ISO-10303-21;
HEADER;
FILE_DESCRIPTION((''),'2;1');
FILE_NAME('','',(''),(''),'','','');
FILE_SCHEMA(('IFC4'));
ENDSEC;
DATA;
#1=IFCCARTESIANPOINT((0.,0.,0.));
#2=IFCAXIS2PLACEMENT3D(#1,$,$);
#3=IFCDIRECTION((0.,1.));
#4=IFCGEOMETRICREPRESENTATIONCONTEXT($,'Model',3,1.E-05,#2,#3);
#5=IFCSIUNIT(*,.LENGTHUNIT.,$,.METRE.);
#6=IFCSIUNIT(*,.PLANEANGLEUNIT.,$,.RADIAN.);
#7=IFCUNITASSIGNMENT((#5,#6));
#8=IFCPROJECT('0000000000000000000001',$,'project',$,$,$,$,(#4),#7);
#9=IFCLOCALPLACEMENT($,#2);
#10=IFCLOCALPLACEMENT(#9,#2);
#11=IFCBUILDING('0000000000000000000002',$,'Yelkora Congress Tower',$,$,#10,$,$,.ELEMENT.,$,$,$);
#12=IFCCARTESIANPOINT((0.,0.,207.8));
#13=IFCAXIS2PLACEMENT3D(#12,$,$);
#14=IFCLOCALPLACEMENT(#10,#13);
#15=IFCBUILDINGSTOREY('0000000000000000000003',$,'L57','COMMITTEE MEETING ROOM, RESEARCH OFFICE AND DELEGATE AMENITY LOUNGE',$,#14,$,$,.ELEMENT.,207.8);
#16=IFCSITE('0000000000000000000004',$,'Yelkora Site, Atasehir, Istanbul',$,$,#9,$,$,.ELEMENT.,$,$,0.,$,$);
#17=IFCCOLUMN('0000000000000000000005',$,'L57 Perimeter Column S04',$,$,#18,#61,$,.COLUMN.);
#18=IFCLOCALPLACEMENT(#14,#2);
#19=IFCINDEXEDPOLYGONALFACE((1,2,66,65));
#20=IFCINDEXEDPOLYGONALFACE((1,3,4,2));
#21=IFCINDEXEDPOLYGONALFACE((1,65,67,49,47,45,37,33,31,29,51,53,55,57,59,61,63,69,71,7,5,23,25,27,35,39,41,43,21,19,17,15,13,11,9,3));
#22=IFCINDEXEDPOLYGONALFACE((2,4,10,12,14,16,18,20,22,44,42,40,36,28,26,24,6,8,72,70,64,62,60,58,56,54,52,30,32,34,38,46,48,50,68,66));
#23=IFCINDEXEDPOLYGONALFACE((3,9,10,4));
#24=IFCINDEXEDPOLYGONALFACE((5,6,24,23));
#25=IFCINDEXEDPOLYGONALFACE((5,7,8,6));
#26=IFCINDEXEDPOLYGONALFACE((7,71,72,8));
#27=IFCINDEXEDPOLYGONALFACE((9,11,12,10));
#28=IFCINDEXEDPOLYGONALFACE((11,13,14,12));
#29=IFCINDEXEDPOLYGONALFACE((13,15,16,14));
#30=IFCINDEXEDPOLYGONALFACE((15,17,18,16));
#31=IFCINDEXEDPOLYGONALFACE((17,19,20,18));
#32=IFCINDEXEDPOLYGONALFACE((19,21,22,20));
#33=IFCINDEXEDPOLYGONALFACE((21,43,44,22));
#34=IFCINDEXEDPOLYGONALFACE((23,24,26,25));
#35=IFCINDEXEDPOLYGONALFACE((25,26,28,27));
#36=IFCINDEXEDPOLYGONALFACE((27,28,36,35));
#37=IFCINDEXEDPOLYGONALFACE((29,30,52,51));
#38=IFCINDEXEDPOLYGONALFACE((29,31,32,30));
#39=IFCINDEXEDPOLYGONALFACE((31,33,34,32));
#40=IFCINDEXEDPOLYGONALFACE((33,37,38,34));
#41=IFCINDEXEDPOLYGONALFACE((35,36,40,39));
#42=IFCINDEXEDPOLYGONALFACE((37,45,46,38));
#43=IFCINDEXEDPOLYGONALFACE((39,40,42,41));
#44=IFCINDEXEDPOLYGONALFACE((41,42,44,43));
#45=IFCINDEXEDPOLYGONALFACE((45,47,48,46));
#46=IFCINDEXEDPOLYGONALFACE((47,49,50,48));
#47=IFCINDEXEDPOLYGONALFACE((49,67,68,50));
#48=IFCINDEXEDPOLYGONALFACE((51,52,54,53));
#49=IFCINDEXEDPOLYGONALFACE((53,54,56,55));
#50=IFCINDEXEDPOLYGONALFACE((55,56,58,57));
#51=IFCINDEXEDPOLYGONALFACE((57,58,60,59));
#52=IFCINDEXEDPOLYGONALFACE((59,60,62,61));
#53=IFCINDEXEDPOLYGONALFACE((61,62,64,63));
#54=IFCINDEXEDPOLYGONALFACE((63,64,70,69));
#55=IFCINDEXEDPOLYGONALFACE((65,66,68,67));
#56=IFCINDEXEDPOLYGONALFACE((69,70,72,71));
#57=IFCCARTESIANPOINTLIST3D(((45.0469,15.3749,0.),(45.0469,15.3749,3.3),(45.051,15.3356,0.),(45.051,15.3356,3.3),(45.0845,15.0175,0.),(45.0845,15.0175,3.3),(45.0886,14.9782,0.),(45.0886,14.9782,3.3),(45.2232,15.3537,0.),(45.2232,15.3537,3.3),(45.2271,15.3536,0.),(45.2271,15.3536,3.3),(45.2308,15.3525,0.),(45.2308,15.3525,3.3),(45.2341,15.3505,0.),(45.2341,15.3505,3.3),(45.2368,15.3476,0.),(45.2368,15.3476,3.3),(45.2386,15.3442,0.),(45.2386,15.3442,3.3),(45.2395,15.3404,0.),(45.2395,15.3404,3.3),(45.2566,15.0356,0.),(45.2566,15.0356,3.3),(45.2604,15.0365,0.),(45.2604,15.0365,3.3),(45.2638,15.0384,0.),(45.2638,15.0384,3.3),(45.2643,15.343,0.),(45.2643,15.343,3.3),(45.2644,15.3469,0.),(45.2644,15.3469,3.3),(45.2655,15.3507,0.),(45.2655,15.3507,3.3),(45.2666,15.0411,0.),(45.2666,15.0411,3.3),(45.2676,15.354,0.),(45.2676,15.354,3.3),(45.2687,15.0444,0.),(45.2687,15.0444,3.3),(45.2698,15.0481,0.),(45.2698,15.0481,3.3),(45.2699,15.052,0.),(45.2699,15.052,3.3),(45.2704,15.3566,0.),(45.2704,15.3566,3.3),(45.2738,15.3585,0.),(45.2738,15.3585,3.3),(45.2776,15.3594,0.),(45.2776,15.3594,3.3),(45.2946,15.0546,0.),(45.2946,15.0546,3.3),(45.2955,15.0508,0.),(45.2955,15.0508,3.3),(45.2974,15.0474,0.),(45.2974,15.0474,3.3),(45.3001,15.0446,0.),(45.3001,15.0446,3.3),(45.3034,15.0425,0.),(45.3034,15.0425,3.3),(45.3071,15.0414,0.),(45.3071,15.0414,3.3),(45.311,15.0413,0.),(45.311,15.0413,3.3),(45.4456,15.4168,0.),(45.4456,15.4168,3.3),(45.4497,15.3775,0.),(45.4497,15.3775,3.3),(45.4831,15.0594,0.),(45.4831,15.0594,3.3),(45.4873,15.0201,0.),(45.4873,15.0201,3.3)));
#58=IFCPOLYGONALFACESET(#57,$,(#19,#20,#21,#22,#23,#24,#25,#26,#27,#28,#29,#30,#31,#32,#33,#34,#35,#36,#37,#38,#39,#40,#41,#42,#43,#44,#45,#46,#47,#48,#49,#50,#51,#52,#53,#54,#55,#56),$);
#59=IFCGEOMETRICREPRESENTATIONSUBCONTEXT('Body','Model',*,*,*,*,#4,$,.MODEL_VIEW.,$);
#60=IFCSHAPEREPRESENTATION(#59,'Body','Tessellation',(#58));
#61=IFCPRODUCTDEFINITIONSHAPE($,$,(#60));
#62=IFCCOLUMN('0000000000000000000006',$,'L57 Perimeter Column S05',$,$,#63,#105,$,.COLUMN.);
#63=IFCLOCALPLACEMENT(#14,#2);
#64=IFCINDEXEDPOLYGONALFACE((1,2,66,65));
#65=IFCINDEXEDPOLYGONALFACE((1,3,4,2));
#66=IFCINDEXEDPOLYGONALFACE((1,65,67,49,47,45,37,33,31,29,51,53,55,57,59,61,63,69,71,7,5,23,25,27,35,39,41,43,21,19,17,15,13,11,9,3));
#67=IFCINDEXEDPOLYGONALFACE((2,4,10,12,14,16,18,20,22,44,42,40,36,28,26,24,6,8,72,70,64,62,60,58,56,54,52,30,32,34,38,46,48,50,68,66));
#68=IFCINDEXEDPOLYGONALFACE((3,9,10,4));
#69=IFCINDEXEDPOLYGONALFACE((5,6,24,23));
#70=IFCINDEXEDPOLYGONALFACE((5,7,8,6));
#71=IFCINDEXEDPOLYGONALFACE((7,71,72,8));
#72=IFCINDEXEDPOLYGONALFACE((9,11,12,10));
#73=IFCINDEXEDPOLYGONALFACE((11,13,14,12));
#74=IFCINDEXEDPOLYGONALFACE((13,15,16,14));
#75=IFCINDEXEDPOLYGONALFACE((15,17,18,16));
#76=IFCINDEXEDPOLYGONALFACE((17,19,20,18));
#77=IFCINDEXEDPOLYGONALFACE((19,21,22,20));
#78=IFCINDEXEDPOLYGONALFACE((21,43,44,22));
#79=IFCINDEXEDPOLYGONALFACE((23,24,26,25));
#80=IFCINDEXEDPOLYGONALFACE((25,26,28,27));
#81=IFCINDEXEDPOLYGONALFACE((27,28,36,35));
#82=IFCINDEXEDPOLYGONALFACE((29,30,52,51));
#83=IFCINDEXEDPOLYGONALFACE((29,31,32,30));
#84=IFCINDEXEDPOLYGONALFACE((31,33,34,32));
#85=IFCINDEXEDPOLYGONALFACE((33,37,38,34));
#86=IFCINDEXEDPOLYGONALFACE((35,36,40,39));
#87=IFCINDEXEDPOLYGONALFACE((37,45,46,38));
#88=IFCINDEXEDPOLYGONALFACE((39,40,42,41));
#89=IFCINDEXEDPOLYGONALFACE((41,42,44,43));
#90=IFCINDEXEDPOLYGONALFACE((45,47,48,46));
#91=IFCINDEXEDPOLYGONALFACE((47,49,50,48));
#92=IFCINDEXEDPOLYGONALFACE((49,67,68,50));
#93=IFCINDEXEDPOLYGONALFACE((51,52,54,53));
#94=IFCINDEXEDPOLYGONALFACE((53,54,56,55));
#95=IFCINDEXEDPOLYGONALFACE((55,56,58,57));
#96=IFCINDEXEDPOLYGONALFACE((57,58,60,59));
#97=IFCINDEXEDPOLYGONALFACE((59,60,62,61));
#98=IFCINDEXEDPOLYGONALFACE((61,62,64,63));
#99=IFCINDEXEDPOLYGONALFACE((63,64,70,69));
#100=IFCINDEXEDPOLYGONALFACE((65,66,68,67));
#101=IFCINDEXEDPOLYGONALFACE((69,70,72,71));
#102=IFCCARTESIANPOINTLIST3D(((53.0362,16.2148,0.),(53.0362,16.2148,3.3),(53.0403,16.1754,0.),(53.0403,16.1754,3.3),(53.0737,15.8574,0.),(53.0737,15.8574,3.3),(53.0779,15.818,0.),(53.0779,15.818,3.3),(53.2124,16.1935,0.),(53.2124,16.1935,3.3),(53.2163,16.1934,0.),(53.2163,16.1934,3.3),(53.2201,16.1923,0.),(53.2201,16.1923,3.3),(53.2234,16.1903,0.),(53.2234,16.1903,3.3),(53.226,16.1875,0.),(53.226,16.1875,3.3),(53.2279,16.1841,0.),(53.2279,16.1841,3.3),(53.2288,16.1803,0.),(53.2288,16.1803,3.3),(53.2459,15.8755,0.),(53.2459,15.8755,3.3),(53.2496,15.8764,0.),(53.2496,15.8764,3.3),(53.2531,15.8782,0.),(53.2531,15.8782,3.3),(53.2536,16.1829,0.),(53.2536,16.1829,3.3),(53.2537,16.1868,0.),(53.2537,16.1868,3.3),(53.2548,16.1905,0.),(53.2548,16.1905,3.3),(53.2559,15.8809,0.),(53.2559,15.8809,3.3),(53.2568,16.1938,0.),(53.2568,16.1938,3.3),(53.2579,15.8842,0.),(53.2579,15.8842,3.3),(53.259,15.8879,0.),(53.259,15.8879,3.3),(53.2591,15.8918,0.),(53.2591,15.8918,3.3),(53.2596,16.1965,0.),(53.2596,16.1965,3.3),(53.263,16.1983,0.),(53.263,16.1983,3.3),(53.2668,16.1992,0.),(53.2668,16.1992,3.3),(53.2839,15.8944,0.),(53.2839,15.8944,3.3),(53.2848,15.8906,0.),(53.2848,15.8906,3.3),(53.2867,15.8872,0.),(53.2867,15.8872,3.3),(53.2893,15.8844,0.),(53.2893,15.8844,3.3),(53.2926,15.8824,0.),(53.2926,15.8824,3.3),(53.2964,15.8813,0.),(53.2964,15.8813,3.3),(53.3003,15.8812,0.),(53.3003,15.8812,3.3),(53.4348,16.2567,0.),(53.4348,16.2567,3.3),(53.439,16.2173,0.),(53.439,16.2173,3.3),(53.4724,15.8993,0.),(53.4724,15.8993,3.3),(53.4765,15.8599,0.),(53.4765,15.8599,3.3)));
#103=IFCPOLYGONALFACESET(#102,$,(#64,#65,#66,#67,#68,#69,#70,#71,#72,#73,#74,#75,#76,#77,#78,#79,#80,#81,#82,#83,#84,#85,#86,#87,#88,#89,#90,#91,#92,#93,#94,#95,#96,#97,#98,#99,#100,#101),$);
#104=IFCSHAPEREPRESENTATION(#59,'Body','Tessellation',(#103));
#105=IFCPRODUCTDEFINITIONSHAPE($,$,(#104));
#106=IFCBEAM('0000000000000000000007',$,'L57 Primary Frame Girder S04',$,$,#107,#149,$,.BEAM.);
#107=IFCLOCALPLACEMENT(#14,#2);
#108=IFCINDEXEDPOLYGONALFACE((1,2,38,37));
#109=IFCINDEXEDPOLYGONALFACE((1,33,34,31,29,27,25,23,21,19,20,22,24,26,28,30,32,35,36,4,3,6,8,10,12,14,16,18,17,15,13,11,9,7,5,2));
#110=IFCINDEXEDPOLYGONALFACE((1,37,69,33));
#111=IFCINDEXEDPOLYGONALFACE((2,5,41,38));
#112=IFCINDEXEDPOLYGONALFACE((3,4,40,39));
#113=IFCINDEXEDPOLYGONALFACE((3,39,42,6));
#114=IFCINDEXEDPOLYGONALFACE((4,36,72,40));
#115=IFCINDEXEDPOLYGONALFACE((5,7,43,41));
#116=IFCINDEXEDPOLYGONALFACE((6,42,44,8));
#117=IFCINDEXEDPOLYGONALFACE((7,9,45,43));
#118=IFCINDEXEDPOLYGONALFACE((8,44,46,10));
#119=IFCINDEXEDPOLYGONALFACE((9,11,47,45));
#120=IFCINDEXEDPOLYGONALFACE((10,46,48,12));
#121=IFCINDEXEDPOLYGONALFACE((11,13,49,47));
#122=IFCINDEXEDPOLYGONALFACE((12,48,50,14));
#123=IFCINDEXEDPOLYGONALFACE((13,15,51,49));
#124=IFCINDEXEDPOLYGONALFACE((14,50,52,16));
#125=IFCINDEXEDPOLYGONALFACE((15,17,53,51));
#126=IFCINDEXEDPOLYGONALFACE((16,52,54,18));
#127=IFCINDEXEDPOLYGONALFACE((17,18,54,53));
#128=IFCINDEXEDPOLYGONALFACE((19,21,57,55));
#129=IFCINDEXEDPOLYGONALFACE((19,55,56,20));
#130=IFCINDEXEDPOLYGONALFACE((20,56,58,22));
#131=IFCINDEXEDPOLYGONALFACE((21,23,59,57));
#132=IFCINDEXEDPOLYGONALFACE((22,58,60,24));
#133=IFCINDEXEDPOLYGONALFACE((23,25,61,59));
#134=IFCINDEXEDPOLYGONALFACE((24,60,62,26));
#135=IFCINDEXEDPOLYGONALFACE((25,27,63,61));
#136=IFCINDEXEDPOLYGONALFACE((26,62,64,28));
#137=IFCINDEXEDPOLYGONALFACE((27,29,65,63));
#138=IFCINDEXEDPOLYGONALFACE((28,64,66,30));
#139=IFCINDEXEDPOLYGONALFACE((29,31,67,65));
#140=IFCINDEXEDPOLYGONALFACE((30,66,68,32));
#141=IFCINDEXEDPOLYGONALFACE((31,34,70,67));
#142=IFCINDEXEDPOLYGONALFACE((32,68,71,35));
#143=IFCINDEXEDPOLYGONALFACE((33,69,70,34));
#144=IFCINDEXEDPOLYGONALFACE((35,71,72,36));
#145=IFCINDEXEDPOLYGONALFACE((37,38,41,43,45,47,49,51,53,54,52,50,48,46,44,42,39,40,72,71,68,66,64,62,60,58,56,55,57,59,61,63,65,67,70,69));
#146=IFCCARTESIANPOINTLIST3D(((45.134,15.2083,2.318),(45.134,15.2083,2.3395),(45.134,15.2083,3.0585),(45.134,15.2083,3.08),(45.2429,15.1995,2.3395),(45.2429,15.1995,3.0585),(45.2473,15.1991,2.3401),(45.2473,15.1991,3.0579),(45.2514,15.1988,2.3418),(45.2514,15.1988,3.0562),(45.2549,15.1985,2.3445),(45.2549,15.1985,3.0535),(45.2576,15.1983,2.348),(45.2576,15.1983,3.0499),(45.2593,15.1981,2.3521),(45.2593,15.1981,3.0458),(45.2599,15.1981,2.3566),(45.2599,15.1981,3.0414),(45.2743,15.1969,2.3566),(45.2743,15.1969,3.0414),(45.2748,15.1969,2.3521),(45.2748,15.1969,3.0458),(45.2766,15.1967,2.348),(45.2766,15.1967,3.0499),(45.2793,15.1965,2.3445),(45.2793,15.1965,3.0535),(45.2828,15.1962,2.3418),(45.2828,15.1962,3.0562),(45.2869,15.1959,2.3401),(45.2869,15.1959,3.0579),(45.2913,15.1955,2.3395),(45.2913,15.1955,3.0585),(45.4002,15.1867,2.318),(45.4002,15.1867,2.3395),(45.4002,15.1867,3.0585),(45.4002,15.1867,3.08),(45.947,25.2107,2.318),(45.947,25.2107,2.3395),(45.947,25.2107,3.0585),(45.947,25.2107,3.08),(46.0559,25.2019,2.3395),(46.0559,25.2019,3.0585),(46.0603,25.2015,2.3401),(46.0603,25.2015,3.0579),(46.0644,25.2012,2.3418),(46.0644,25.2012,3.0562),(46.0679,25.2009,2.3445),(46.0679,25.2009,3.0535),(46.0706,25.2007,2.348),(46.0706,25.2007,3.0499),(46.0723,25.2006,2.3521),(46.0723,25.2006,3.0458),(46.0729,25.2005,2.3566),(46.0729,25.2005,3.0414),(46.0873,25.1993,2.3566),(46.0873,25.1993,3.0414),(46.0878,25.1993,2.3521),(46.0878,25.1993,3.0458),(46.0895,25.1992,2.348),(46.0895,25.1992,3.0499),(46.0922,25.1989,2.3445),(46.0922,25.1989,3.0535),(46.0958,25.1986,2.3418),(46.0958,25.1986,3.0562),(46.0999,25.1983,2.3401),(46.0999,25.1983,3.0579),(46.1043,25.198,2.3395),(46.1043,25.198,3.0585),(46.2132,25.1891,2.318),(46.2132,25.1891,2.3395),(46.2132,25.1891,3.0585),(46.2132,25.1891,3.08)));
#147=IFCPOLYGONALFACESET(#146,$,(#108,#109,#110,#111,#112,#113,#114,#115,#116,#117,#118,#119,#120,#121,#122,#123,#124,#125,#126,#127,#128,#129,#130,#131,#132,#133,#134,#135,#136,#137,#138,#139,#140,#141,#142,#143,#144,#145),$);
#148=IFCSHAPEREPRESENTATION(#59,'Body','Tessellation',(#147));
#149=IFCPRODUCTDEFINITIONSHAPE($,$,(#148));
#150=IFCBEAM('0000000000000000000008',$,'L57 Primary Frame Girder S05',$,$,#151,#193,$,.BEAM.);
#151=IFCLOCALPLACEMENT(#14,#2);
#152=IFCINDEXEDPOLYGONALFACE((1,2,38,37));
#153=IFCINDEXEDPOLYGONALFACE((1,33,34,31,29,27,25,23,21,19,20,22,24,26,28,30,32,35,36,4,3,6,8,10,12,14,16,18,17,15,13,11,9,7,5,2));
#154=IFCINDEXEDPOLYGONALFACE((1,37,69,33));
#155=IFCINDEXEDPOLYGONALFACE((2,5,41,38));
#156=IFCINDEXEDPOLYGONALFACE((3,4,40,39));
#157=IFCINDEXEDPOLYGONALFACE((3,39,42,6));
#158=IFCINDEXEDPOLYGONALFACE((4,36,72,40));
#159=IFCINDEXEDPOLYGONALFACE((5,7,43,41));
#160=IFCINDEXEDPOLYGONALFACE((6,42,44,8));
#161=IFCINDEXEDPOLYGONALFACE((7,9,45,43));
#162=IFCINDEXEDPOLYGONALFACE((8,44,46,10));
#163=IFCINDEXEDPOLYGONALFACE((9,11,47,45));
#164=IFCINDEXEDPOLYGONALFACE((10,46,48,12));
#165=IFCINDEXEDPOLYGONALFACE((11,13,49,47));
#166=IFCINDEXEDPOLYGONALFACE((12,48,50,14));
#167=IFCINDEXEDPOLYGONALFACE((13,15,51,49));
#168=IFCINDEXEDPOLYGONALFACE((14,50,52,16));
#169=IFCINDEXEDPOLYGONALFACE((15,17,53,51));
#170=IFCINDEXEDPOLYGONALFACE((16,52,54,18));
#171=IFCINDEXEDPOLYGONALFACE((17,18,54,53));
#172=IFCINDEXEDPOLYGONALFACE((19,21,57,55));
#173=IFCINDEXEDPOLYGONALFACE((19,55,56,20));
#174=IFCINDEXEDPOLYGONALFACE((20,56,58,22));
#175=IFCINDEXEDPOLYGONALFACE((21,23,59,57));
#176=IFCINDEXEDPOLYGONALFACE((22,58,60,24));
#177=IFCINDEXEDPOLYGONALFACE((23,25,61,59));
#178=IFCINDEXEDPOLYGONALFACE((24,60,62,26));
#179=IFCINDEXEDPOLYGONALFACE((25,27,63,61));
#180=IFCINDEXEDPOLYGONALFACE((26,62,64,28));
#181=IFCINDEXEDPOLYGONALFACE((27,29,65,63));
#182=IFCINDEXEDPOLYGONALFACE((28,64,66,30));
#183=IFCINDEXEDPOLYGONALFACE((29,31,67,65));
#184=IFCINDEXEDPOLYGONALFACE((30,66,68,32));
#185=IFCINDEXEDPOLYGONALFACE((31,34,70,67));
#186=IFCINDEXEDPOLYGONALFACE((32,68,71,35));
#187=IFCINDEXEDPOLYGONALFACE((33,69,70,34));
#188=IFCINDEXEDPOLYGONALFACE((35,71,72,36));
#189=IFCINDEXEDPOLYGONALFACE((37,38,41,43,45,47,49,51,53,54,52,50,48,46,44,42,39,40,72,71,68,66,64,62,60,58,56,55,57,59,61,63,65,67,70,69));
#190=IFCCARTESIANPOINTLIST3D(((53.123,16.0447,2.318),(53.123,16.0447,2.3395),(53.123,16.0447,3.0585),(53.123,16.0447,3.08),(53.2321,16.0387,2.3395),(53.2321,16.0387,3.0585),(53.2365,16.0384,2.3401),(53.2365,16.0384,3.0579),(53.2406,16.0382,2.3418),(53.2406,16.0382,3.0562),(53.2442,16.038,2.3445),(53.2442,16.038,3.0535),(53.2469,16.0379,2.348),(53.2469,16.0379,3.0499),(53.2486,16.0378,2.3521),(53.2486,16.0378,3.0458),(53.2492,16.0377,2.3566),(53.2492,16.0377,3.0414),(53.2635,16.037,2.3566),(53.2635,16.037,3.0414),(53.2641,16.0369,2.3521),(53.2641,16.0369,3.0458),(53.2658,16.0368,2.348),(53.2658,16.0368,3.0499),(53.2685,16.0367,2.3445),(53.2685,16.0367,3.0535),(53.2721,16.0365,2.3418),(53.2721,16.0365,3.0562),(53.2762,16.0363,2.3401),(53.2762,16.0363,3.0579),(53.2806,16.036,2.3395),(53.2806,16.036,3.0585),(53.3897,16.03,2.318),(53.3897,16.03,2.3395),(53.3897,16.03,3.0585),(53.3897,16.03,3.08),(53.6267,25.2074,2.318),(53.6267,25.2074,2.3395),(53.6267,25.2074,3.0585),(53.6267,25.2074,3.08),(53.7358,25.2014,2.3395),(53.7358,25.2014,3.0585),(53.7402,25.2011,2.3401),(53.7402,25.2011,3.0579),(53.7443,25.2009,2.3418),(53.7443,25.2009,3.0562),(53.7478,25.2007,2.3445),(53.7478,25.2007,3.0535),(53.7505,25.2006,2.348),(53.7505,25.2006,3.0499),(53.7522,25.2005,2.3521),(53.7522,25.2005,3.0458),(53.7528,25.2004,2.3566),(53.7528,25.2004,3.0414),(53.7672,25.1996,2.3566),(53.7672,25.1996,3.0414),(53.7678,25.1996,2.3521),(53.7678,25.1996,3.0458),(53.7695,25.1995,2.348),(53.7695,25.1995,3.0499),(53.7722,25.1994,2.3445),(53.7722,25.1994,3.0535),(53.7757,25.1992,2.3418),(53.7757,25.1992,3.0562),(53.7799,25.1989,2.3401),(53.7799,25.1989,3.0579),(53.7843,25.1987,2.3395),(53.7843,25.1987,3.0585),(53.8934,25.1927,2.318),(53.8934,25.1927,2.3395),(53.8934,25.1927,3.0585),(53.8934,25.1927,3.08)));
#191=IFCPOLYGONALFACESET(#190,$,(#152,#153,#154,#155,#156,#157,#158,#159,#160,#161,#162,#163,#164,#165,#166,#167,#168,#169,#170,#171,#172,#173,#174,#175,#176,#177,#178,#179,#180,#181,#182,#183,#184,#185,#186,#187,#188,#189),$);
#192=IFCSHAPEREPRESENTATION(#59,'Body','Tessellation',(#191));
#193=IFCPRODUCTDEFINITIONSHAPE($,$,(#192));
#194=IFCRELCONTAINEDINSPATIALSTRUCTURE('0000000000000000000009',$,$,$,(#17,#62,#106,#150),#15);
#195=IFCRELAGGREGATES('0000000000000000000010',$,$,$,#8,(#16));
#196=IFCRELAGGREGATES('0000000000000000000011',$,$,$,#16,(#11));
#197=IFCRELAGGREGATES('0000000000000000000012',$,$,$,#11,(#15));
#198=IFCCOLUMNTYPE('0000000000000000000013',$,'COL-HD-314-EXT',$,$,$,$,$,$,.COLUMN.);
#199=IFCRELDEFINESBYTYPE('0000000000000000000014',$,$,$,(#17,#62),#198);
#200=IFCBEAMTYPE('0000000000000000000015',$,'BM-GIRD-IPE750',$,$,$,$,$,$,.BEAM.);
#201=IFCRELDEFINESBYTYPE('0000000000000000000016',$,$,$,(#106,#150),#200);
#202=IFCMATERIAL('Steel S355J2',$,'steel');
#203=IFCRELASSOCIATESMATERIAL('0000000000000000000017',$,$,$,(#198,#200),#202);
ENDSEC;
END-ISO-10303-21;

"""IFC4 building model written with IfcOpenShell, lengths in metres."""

from ifc_helpers import new_model, si_unit, direction, frame, origin, origin_2d, place, context, subcontext, project, spatial, i_section, extrude, material, material_profile, profile_set, type_object, element, save


model = new_model("IFC4")

# Units and contexts
model_context = context("Model", 3, precision=1e-05, world=origin(), true_north=direction((0.0, 1.0)))
body_context = subcontext(model_context, "Body", "Model", "MODEL_VIEW")
ifc_project = project(units=[si_unit("LENGTHUNIT", "METRE"), si_unit("PLANEANGLEUNIT", "RADIAN")], contexts=[model_context])

# Site, building, storey
site_placement = place(None, origin())
site = spatial("IfcSite", under=ifc_project, at=site_placement, Name="Yelkora Site, Atasehir, Istanbul", CompositionType="ELEMENT", RefElevation=0.0)
building_placement = place(site_placement, origin())
building = spatial("IfcBuilding", under=site, at=building_placement, Name="Yelkora Congress Tower", CompositionType="ELEMENT")
storey_placement = place(building_placement, frame((0.0, 0.0, 207.8)))
storey = spatial("IfcBuildingStorey", under=building, at=storey_placement, Name="L57", Description="COMMITTEE MEETING ROOM, RESEARCH OFFICE AND DELEGATE AMENITY LOUNGE", CompositionType="ELEMENT", Elevation=207.8)

# Columns
ifc_material_1 = material(Name="Steel S355J2", Category="steel")
ifc_material_profile_1 = material_profile(ifc_material_1, i_section(OverallWidth=0.4009, OverallDepth=0.3989, WebThickness=0.0249, FlangeThickness=0.0396, FilletRadius=0.0149, at=origin_2d()), Name="HD 400x314")
ifc_profile_set_1 = profile_set([ifc_material_profile_1], Name="Steel S355J2")
column_type = type_object("IfcColumnType", Name="COL-HD-314-EXT", PredefinedType="COLUMN", material=ifc_profile_set_1)
for number, where, z_axis, x_axis, name in (
    (1, (45.2671, 15.1975, 0.0), (0.0, 0.0, 1.0), (0.994522, 0.104528, 0.0), "L57 Perimeter Column S04"),
    (2, (53.2563, 16.0374, 0.0), (0.0, 0.0, 1.0), (0.994522, 0.104528, 0.0), "L57 Perimeter Column S05"),
):
    element("IfcColumn", number, at=place(storey_placement, frame(where, z_axis=z_axis, x_axis=x_axis)), inside=storey, type_object=column_type, Name=name, PredefinedType="COLUMN", context=body_context, shape_type="SweptSolid", body=[
        extrude(i_section(OverallWidth=0.4009, OverallDepth=0.3989, WebThickness=0.0249, FlangeThickness=0.0396, FilletRadius=0.0149, at=origin_2d()), origin(), (0.0, 0.0, 1.0), 3.3),
    ])

# Beams
ifc_material_profile_2 = material_profile(ifc_material_1, i_section(OverallWidth=0.2671, OverallDepth=0.762, WebThickness=0.0144, FlangeThickness=0.0215, FilletRadius=0.0171, at=origin_2d()), Name="IPE 750x173")
ifc_profile_set_2 = profile_set([ifc_material_profile_2], Name="Steel S355J2")
beam_type_1 = type_object("IfcBeamType", Name="BM-GIRD-IPE750", PredefinedType="BEAM", material=ifc_profile_set_2)
beam_1_placement = place(storey_placement, frame((45.2671, 15.1975, 2.699), z_axis=(0.081012, 0.996713, 0.0), x_axis=(-0.996713, 0.081012, 0.0)))
element("IfcBeam", 3, at=beam_1_placement, inside=storey, type_object=beam_type_1, Name="L57 Primary Frame Girder S04", PredefinedType="BEAM", context=body_context, shape_type="SweptSolid", body=[
    extrude(i_section(OverallWidth=0.2671, OverallDepth=0.762, WebThickness=0.0144, FlangeThickness=0.0215, FilletRadius=0.0171, at=origin_2d()), origin(), (0.0, 0.0, 1.0), 10.0354),
])
beam_2_placement = place(storey_placement, frame((53.2563, 16.0374, 2.699), z_axis=(0.054886, 0.998493, 0.0), x_axis=(-0.998493, 0.054886, 0.0)))
element("IfcBeam", 4, at=beam_2_placement, inside=storey, type_object=beam_type_1, Name="L57 Primary Frame Girder S05", PredefinedType="BEAM", context=body_context, shape_type="SweptSolid", body=[
    extrude(i_section(OverallWidth=0.2671, OverallDepth=0.762, WebThickness=0.0144, FlangeThickness=0.0215, FilletRadius=0.0171, at=origin_2d()), origin(), (0.0, 0.0, 1.0), 9.1765),
])

save(model, "model.ifc")
